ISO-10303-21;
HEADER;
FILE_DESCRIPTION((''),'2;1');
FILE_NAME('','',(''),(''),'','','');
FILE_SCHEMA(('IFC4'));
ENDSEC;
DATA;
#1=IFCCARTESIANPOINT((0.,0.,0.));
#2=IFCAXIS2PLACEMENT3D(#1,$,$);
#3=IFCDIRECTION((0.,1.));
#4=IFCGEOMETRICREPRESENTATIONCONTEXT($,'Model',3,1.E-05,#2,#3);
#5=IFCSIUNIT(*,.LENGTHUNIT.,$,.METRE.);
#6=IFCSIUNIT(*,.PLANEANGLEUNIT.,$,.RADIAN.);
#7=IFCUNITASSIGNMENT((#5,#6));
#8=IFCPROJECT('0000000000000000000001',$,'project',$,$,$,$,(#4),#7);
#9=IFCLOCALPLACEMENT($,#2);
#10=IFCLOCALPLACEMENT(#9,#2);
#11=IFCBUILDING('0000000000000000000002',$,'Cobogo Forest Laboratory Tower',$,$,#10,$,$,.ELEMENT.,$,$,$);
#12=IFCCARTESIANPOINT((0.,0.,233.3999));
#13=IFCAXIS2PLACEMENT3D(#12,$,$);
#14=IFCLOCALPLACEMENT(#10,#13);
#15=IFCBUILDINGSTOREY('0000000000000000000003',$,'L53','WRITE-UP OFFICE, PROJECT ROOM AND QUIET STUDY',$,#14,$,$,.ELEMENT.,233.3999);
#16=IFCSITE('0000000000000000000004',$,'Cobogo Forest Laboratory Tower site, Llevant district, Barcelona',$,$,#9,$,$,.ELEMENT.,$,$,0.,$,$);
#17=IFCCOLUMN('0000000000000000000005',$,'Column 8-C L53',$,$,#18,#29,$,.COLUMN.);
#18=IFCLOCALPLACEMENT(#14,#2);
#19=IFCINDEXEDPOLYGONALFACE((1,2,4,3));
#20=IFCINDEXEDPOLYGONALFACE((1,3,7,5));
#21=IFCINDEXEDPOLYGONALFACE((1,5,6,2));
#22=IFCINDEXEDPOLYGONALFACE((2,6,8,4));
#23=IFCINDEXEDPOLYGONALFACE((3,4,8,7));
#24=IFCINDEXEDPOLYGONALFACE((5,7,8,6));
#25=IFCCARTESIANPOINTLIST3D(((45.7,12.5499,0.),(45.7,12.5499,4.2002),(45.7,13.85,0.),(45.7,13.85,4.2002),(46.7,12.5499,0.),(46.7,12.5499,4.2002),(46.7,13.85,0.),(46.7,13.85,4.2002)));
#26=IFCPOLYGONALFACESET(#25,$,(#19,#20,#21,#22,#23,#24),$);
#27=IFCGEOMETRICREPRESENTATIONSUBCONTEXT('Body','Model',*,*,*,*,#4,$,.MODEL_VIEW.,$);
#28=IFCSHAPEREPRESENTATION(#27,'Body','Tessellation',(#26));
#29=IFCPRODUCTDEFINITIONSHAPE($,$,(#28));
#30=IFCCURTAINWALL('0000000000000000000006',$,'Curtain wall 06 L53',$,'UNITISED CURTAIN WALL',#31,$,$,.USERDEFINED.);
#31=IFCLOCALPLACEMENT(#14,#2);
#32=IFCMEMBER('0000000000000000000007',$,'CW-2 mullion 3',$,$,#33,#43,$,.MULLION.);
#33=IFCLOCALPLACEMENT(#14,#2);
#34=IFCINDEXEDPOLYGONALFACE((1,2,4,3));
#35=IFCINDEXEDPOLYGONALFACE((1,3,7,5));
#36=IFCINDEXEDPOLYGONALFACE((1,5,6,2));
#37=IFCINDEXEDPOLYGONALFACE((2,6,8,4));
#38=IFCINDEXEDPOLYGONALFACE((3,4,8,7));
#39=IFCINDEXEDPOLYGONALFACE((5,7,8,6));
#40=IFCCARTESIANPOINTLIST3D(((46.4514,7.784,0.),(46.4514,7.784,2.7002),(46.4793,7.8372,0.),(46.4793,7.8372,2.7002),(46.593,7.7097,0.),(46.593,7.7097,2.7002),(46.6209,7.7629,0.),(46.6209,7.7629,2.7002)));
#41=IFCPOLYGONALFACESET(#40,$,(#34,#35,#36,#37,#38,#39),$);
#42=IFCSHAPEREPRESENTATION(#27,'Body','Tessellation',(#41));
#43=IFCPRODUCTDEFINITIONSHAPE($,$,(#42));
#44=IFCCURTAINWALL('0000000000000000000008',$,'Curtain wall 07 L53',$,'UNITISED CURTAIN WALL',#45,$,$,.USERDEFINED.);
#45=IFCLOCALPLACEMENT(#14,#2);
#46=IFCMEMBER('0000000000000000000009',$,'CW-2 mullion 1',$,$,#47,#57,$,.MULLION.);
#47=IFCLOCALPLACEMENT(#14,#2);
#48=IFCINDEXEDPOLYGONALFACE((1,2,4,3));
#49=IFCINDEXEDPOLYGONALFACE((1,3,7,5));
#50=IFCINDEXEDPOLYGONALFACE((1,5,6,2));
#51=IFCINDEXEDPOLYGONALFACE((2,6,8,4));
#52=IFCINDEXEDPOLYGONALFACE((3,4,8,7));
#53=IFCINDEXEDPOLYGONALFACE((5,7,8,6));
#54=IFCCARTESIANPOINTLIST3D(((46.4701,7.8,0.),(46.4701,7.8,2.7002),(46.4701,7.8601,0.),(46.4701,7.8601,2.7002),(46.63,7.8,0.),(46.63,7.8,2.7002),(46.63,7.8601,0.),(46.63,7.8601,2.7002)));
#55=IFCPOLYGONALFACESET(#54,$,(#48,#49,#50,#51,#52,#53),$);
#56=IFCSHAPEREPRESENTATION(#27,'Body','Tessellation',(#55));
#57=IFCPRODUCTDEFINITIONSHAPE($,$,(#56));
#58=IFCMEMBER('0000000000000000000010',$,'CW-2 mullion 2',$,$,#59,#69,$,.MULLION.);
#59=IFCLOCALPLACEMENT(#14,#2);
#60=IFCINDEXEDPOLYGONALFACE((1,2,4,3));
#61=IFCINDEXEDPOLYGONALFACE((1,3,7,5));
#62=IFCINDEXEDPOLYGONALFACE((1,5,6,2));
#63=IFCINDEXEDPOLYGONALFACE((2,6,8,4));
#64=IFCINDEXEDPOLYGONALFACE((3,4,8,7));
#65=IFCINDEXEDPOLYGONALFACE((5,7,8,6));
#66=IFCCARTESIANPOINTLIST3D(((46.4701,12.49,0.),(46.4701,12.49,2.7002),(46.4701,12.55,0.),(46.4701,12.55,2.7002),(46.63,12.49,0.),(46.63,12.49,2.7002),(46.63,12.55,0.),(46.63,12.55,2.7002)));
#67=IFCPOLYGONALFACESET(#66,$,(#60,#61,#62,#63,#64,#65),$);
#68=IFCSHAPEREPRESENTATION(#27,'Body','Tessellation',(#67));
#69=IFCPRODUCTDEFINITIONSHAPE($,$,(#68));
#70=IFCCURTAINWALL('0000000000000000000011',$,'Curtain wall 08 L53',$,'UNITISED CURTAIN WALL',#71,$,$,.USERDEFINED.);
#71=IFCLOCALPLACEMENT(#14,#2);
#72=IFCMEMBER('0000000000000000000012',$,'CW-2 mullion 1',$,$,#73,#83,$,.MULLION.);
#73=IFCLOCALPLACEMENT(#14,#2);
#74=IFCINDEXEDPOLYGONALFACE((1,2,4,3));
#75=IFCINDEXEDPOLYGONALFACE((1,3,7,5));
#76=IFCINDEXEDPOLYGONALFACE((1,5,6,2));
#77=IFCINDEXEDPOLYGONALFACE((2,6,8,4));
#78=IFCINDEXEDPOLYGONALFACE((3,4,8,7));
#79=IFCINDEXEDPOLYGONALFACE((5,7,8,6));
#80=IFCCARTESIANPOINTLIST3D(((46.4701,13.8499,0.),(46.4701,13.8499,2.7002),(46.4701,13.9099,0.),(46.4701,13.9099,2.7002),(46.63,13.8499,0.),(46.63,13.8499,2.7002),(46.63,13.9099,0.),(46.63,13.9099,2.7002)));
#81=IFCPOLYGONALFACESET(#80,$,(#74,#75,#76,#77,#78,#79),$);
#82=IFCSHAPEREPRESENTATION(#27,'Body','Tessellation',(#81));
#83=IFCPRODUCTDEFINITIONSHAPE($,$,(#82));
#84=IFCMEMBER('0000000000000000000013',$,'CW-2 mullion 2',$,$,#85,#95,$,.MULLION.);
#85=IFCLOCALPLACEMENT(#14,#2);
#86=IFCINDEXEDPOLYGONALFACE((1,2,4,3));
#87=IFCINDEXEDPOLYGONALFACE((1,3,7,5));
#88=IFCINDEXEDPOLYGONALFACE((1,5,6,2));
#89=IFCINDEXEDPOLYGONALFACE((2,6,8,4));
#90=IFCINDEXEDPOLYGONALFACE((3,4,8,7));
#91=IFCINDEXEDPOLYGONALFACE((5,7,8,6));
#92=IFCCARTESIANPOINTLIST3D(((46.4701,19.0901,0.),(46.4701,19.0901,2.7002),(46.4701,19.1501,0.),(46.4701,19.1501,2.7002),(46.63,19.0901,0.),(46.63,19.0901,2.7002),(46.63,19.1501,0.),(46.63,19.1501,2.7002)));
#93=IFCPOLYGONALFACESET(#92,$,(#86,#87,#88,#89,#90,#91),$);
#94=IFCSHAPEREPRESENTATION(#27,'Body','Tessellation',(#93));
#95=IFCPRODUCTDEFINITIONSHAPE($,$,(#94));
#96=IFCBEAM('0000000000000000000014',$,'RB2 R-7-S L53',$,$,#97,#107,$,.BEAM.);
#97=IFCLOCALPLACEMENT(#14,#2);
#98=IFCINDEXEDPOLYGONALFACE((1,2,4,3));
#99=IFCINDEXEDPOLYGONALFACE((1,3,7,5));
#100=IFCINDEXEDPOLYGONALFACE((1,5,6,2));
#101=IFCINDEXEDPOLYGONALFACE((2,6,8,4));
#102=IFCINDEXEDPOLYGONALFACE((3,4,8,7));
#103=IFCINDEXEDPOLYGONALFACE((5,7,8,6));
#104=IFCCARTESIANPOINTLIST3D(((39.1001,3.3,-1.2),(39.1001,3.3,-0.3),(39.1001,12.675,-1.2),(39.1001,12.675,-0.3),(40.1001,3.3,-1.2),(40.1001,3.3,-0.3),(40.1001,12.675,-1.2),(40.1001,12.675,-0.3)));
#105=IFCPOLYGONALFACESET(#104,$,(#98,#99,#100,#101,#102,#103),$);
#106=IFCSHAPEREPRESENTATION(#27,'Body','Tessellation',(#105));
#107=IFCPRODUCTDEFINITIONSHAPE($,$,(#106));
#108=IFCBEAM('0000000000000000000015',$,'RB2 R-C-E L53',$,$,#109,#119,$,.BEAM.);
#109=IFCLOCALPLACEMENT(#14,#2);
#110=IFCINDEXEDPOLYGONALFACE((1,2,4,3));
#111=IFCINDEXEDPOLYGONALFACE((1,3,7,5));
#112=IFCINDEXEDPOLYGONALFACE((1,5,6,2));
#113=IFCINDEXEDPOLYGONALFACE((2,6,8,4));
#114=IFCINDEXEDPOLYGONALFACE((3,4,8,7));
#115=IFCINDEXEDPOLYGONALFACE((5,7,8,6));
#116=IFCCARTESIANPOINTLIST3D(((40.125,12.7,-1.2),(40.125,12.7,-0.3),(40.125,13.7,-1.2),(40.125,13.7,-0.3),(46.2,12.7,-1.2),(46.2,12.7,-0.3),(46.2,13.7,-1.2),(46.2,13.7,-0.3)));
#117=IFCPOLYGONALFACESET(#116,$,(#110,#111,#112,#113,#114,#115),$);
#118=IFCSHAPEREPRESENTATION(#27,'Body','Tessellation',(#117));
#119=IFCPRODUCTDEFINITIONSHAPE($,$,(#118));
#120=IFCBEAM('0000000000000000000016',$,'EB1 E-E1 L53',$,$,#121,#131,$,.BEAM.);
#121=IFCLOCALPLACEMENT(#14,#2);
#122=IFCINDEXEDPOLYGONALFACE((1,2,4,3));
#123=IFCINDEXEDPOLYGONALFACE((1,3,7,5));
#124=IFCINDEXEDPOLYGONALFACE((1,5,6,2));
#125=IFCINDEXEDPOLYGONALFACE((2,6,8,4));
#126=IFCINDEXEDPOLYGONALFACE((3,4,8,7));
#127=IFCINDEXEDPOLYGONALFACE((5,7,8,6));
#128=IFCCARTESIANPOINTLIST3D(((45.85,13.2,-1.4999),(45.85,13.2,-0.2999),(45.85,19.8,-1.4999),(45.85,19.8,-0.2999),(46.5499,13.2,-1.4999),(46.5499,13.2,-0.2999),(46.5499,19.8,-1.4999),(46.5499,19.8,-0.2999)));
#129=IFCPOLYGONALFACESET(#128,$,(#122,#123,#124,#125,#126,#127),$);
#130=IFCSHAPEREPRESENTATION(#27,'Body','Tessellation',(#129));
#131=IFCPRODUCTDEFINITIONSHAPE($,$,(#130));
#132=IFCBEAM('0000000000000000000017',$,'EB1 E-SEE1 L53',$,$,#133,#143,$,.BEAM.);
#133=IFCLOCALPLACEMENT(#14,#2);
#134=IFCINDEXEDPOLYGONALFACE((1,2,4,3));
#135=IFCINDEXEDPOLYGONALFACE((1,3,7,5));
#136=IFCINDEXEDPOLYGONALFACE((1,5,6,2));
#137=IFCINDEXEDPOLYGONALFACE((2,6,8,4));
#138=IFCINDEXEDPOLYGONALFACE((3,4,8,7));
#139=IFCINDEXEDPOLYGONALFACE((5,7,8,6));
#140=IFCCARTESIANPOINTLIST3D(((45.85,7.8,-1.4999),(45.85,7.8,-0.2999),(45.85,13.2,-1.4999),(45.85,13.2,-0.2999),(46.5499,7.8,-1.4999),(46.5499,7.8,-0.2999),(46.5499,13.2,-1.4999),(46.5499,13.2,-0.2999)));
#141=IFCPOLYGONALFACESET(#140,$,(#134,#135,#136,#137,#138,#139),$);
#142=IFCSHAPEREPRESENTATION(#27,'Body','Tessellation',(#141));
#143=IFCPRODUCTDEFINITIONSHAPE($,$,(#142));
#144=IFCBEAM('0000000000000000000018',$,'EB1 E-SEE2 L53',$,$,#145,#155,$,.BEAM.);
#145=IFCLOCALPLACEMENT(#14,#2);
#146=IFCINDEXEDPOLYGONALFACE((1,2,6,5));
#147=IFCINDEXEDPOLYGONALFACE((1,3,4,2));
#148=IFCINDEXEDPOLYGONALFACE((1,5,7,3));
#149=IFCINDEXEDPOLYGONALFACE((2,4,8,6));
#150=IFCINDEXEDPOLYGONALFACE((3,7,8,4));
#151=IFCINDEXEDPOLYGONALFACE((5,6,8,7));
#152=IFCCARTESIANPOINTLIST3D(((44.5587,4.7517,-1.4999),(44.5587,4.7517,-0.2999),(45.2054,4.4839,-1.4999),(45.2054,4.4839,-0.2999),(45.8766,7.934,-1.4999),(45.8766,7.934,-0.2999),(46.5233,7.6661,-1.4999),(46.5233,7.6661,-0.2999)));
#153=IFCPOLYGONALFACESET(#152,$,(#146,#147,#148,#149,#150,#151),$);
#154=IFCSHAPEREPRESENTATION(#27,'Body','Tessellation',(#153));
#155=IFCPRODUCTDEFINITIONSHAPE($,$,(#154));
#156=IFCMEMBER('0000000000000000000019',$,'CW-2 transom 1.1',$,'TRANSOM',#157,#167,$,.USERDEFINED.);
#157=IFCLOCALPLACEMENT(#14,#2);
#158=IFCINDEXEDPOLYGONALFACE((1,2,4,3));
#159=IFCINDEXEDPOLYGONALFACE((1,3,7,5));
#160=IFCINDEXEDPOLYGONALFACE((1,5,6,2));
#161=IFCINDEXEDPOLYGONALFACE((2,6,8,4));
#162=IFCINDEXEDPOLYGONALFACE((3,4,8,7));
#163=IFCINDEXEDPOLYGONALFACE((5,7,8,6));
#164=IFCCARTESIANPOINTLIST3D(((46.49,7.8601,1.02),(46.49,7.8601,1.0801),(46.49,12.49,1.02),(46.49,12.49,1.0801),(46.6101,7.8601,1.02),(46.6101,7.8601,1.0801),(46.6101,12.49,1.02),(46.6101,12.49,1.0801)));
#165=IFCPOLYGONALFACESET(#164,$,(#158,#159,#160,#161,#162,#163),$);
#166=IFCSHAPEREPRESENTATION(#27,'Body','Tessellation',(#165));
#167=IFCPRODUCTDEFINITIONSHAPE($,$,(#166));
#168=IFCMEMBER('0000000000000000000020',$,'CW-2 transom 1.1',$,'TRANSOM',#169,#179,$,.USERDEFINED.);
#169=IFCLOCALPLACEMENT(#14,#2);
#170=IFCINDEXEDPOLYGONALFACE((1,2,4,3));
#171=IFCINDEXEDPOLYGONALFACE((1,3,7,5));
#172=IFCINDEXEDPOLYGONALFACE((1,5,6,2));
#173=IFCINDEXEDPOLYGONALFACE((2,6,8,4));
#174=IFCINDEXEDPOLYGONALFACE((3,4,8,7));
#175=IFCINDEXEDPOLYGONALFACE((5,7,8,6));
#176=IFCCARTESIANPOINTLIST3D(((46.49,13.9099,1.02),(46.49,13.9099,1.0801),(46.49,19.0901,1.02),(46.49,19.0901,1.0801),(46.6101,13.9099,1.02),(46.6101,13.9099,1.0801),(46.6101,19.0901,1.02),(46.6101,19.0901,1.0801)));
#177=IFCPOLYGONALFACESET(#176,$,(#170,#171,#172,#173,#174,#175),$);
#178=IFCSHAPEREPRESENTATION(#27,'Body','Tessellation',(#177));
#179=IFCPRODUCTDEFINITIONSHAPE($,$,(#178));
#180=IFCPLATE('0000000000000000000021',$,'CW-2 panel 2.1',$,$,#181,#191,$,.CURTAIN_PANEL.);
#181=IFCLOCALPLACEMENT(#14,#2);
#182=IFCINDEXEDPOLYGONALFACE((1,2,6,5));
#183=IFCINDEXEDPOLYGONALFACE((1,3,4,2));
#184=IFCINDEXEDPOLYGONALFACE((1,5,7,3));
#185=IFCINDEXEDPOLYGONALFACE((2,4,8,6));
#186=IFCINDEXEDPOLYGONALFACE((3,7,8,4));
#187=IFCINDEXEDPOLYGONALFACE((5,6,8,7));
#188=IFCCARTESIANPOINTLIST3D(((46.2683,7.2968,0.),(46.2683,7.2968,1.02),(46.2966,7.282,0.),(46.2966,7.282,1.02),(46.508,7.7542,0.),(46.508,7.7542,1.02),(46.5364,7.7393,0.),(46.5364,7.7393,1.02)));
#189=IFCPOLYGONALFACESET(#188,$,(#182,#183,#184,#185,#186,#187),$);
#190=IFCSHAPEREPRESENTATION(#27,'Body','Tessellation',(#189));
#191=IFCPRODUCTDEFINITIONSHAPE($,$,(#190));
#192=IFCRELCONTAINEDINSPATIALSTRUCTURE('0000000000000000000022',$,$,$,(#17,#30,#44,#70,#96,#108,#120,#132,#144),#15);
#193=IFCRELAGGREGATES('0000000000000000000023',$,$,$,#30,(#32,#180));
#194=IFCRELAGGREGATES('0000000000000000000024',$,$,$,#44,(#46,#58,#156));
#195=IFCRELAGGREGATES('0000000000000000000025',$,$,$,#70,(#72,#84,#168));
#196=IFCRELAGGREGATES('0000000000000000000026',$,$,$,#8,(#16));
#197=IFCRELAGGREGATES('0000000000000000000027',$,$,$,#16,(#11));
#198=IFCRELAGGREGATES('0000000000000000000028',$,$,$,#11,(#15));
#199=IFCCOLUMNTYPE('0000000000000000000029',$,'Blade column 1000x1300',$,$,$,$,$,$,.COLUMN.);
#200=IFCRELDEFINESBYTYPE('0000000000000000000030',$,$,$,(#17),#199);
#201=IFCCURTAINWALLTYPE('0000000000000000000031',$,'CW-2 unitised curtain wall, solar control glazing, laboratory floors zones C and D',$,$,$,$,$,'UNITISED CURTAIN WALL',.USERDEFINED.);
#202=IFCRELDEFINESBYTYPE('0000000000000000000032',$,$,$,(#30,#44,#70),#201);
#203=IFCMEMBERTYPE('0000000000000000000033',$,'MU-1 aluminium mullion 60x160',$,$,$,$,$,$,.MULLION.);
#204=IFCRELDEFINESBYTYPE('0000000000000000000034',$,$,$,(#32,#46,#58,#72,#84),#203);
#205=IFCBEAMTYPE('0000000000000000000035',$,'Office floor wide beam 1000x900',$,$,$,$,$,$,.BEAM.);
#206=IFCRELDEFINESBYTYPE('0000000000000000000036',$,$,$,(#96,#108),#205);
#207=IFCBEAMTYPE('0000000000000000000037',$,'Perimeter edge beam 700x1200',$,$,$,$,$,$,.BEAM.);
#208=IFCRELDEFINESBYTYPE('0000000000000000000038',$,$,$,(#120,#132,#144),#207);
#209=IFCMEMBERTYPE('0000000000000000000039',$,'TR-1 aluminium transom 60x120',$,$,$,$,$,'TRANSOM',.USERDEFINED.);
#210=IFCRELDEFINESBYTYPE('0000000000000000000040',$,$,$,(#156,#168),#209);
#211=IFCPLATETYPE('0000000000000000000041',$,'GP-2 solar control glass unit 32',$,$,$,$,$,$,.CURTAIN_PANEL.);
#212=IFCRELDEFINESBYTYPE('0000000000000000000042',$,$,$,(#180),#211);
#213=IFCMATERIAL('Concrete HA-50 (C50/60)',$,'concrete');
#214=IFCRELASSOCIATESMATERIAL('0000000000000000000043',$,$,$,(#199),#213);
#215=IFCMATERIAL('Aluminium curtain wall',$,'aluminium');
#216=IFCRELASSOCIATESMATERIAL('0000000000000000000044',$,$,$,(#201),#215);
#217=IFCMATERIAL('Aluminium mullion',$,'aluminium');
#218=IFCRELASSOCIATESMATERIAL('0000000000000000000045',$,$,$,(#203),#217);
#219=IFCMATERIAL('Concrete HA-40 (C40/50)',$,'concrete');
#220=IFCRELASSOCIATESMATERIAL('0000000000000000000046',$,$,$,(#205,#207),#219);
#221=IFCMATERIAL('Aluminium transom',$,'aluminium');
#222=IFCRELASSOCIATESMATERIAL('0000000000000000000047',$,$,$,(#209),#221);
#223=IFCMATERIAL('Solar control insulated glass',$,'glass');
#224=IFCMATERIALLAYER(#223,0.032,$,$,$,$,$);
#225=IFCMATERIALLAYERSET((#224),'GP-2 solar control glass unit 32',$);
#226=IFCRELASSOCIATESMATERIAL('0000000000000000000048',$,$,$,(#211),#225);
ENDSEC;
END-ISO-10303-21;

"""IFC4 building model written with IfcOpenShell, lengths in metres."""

from ifc_helpers import new_model, si_unit, direction, frame, origin, origin_2d, place, context, subcontext, project, spatial, rectangle, extrude, material, layer, layer_set, material_profile, profile_set, type_object, element, aggregate, save


model = new_model("IFC4")

# Units and contexts
model_context = context("Model", 3, precision=1e-05, world=origin(), true_north=direction((0.0, 1.0)))
body_context = subcontext(model_context, "Body", "Model", "MODEL_VIEW")
ifc_project = project(units=[si_unit("LENGTHUNIT", "METRE"), si_unit("PLANEANGLEUNIT", "RADIAN")], contexts=[model_context])

# Site, building, storey
site_placement = place(None, origin())
site = spatial("IfcSite", under=ifc_project, at=site_placement, Name="Cobogo Forest Laboratory Tower site, Llevant district, Barcelona", CompositionType="ELEMENT", RefElevation=0.0)
building_placement = place(site_placement, origin())
building = spatial("IfcBuilding", under=site, at=building_placement, Name="Cobogo Forest Laboratory Tower", CompositionType="ELEMENT")
storey_placement = place(building_placement, frame((0.0, 0.0, 233.3999)))
storey = spatial("IfcBuildingStorey", under=building, at=storey_placement, Name="L53", Description="WRITE-UP OFFICE, PROJECT ROOM AND QUIET STUDY", CompositionType="ELEMENT", Elevation=233.3999)

# Column
ifc_material_1 = material(Name="Concrete HA-50 (C50/60)", Category="concrete")
ifc_material_profile_1 = material_profile(ifc_material_1, rectangle(XDim=1.3, YDim=1.0, at=origin_2d()), Name="RC 1000x1300")
ifc_profile_set_1 = profile_set([ifc_material_profile_1], Name="Concrete HA-50 (C50/60)")
column_type = type_object("IfcColumnType", Name="Blade column 1000x1300", PredefinedType="COLUMN", material=ifc_profile_set_1)
column_placement = place(storey_placement, frame((46.2, 13.2, 0.0), z_axis=(0.0, 0.0, 1.0), x_axis=(0.0, 1.0, 0.0)))
element("IfcColumn", 1, at=column_placement, inside=storey, type_object=column_type, Name="Column 8-C L53", PredefinedType="COLUMN", context=body_context, shape_type="SweptSolid", body=[
    extrude(rectangle(XDim=1.3, YDim=1.0, at=origin_2d()), origin(), (0.0, 0.0, 1.0), 4.2002),
])

# Curtain wall, member
ifc_material_2 = material(Name="Aluminium curtain wall", Category="aluminium")
curtain_wall_type = type_object("IfcCurtainWallType", Name="CW-2 unitised curtain wall, solar control glazing, laboratory floors zones C and D", ElementType="UNITISED CURTAIN WALL", PredefinedType="USERDEFINED", material=ifc_material_2)
curtain_wall_1_placement = place(storey_placement, origin())
curtain_wall_1 = element("IfcCurtainWall", 2, at=curtain_wall_1_placement, inside=storey, type_object=curtain_wall_type, Name="Curtain wall 06 L53", ObjectType="UNITISED CURTAIN WALL", PredefinedType="USERDEFINED")
ifc_material_3 = material(Name="Aluminium mullion", Category="aluminium")
ifc_material_profile_2 = material_profile(ifc_material_3, rectangle(XDim=0.0601, YDim=0.1599, at=origin_2d()), Name="AL 60x160")
ifc_profile_set_2 = profile_set([ifc_material_profile_2], Name="Aluminium mullion")
member_type_1 = type_object("IfcMemberType", Name="MU-1 aluminium mullion 60x160", PredefinedType="MULLION", material=ifc_profile_set_2)
member_1_placement = place(storey_placement, frame((46.5361, 7.7734, 0.0), z_axis=(0.0, 0.0, 1.0), x_axis=(0.464284, 0.885686, 0.0)))
member_1 = element("IfcMember", 3, at=member_1_placement, type_object=member_type_1, Name="CW-2 mullion 3", PredefinedType="MULLION", context=body_context, shape_type="SweptSolid", body=[
    extrude(rectangle(XDim=0.0601, YDim=0.1599, at=origin_2d()), origin(), (0.0, 0.0, 1.0), 2.7002),
])

# Curtain walls, members
curtain_wall_2_placement = place(storey_placement, origin())
curtain_wall_2 = element("IfcCurtainWall", 4, at=curtain_wall_2_placement, inside=storey, type_object=curtain_wall_type, Name="Curtain wall 07 L53", ObjectType="UNITISED CURTAIN WALL", PredefinedType="USERDEFINED")
member_2_placement = place(storey_placement, frame((46.55, 7.8301, 0.0), z_axis=(0.0, 0.0, 1.0), x_axis=(0.0, 1.0, 0.0)))
member_2 = element("IfcMember", 5, at=member_2_placement, type_object=member_type_1, Name="CW-2 mullion 1", PredefinedType="MULLION", context=body_context, shape_type="SweptSolid", body=[
    extrude(rectangle(XDim=0.0601, YDim=0.1599, at=origin_2d()), origin(), (0.0, 0.0, 1.0), 2.7002),
])
member_3_placement = place(storey_placement, frame((46.55, 12.52, 0.0), z_axis=(0.0, 0.0, 1.0), x_axis=(0.0, 1.0, 0.0)))
member_3 = element("IfcMember", 6, at=member_3_placement, type_object=member_type_1, Name="CW-2 mullion 2", PredefinedType="MULLION", context=body_context, shape_type="SweptSolid", body=[
    extrude(rectangle(XDim=0.0601, YDim=0.1599, at=origin_2d()), origin(), (0.0, 0.0, 1.0), 2.7002),
])
curtain_wall_3_placement = place(storey_placement, origin())
curtain_wall_3 = element("IfcCurtainWall", 7, at=curtain_wall_3_placement, inside=storey, type_object=curtain_wall_type, Name="Curtain wall 08 L53", ObjectType="UNITISED CURTAIN WALL", PredefinedType="USERDEFINED")
member_4_placement = place(storey_placement, frame((46.55, 13.8799, 0.0), z_axis=(0.0, 0.0, 1.0), x_axis=(0.0, 1.0, 0.0)))
member_4 = element("IfcMember", 8, at=member_4_placement, type_object=member_type_1, Name="CW-2 mullion 1", PredefinedType="MULLION", context=body_context, shape_type="SweptSolid", body=[
    extrude(rectangle(XDim=0.0601, YDim=0.1599, at=origin_2d()), origin(), (0.0, 0.0, 1.0), 2.7002),
])
member_5_placement = place(storey_placement, frame((46.55, 19.1201, 0.0), z_axis=(0.0, 0.0, 1.0), x_axis=(0.0, 1.0, 0.0)))
member_5 = element("IfcMember", 9, at=member_5_placement, type_object=member_type_1, Name="CW-2 mullion 2", PredefinedType="MULLION", context=body_context, shape_type="SweptSolid", body=[
    extrude(rectangle(XDim=0.0601, YDim=0.1599, at=origin_2d()), origin(), (0.0, 0.0, 1.0), 2.7002),
])

# Beams
ifc_material_4 = material(Name="Concrete HA-40 (C40/50)", Category="concrete")
ifc_material_profile_3 = material_profile(ifc_material_4, rectangle(XDim=1.0, YDim=0.8999, at=origin_2d()), Name="RC 1000x900")
ifc_profile_set_3 = profile_set([ifc_material_profile_3], Name="Concrete HA-40 (C40/50)")
beam_type_1 = type_object("IfcBeamType", Name="Office floor wide beam 1000x900", PredefinedType="BEAM", material=ifc_profile_set_3)
beam_1_placement = place(storey_placement, frame((39.6001, 12.675, -0.75), z_axis=(0.0, -1.0, 0.0), x_axis=(1.0, 0.0, 0.0)))
element("IfcBeam", 10, at=beam_1_placement, inside=storey, type_object=beam_type_1, Name="RB2 R-7-S L53", PredefinedType="BEAM", context=body_context, shape_type="SweptSolid", body=[
    extrude(rectangle(XDim=1.0, YDim=0.8999, at=origin_2d()), origin(), (0.0, 0.0, 1.0), 9.375),
])
beam_2_placement = place(storey_placement, frame((40.125, 13.2, -0.75), z_axis=(1.0, 0.0, 0.0), x_axis=(0.0, 1.0, 0.0)))
element("IfcBeam", 11, at=beam_2_placement, inside=storey, type_object=beam_type_1, Name="RB2 R-C-E L53", PredefinedType="BEAM", context=body_context, shape_type="SweptSolid", body=[
    extrude(rectangle(XDim=1.0, YDim=0.8999, at=origin_2d()), origin(), (0.0, 0.0, 1.0), 6.075),
])
ifc_material_profile_4 = material_profile(ifc_material_4, rectangle(XDim=0.7, YDim=1.2, at=origin_2d()), Name="RC 700x1200")
ifc_profile_set_4 = profile_set([ifc_material_profile_4], Name="Concrete HA-40 (C40/50)")
beam_type_2 = type_object("IfcBeamType", Name="Perimeter edge beam 700x1200", PredefinedType="BEAM", material=ifc_profile_set_4)
beam_3_placement = place(storey_placement, frame((46.2, 13.2, -0.8999), z_axis=(0.0, 1.0, 0.0), x_axis=(-1.0, 0.0, 0.0)))
element("IfcBeam", 12, at=beam_3_placement, inside=storey, type_object=beam_type_2, Name="EB1 E-E1 L53", PredefinedType="BEAM", context=body_context, shape_type="SweptSolid", body=[
    extrude(rectangle(XDim=0.7, YDim=1.2, at=origin_2d()), origin(), (0.0, 0.0, 1.0), 6.6001),
])
beam_4_placement = place(storey_placement, frame((46.2, 13.2, -0.8999), z_axis=(0.0, -1.0, 0.0), x_axis=(1.0, 0.0, 0.0)))
element("IfcBeam", 13, at=beam_4_placement, inside=storey, type_object=beam_type_2, Name="EB1 E-SEE1 L53", PredefinedType="BEAM", context=body_context, shape_type="SweptSolid", body=[
    extrude(rectangle(XDim=0.7, YDim=1.2, at=origin_2d()), origin(), (0.0, 0.0, 1.0), 5.3999),
])
beam_5_placement = place(storey_placement, frame((46.2, 7.8, -0.8999), z_axis=(-0.382631, -0.923901, 0.0), x_axis=(0.923901, -0.382631, 0.0)))
element("IfcBeam", 14, at=beam_5_placement, inside=storey, type_object=beam_type_2, Name="EB1 E-SEE2 L53", PredefinedType="BEAM", context=body_context, shape_type="SweptSolid", body=[
    extrude(rectangle(XDim=0.7, YDim=1.2, at=origin_2d()), origin(), (0.0, 0.0, 1.0), 3.4443),
])

# Members
ifc_material_5 = material(Name="Aluminium transom", Category="aluminium")
ifc_material_profile_5 = material_profile(ifc_material_5, rectangle(XDim=0.1201, YDim=0.0601, at=origin_2d()), Name="AL 60x120")
ifc_profile_set_5 = profile_set([ifc_material_profile_5], Name="Aluminium transom")
member_type_2 = type_object("IfcMemberType", Name="TR-1 aluminium transom 60x120", ElementType="TRANSOM", PredefinedType="USERDEFINED", material=ifc_profile_set_5)
member_6_placement = place(storey_placement, frame((46.55, 7.8601, 1.05), z_axis=(0.0, 1.0, 0.0), x_axis=(-1.0, 0.0, 0.0)))
member_6 = element("IfcMember", 15, at=member_6_placement, type_object=member_type_2, Name="CW-2 transom 1.1", ObjectType="TRANSOM", PredefinedType="USERDEFINED", context=body_context, shape_type="SweptSolid", body=[
    extrude(rectangle(XDim=0.1201, YDim=0.0601, at=origin_2d()), origin(), (0.0, 0.0, 1.0), 4.6299),
])
member_7_placement = place(storey_placement, frame((46.55, 13.9099, 1.05), z_axis=(0.0, 1.0, 0.0), x_axis=(-1.0, 0.0, 0.0)))
member_7 = element("IfcMember", 16, at=member_7_placement, type_object=member_type_2, Name="CW-2 transom 1.1", ObjectType="TRANSOM", PredefinedType="USERDEFINED", context=body_context, shape_type="SweptSolid", body=[
    extrude(rectangle(XDim=0.1201, YDim=0.0601, at=origin_2d()), origin(), (0.0, 0.0, 1.0), 5.1802),
])

# Plate
ifc_material_6 = material(Name="Solar control insulated glass", Category="glass")
ifc_layer_1 = layer(ifc_material_6, 0.032)
ifc_layer_set_1 = layer_set([ifc_layer_1], Name="GP-2 solar control glass unit 32")
plate_type_1 = type_object("IfcPlateType", Name="GP-2 solar control glass unit 32", PredefinedType="CURTAIN_PANEL", material=ifc_layer_set_1)
plate_1_placement = place(storey_placement, frame((46.4023, 7.5181, 0.0), z_axis=(0.0, 0.0, 1.0), x_axis=(0.464284, 0.885686, 0.0)))
plate_1 = element("IfcPlate", 17, at=plate_1_placement, type_object=plate_type_1, Name="CW-2 panel 2.1", PredefinedType="CURTAIN_PANEL", context=body_context, shape_type="SweptSolid", body=[
    extrude(rectangle(XDim=0.5164, YDim=0.032, at=origin_2d()), origin(), (0.0, 0.0, 1.0), 1.02),
])
aggregate(curtain_wall_1, [member_1, plate_1])
aggregate(curtain_wall_2, [member_2, member_3, member_6])
aggregate(curtain_wall_3, [member_4, member_5, member_7])

save(model, "model.ifc")
